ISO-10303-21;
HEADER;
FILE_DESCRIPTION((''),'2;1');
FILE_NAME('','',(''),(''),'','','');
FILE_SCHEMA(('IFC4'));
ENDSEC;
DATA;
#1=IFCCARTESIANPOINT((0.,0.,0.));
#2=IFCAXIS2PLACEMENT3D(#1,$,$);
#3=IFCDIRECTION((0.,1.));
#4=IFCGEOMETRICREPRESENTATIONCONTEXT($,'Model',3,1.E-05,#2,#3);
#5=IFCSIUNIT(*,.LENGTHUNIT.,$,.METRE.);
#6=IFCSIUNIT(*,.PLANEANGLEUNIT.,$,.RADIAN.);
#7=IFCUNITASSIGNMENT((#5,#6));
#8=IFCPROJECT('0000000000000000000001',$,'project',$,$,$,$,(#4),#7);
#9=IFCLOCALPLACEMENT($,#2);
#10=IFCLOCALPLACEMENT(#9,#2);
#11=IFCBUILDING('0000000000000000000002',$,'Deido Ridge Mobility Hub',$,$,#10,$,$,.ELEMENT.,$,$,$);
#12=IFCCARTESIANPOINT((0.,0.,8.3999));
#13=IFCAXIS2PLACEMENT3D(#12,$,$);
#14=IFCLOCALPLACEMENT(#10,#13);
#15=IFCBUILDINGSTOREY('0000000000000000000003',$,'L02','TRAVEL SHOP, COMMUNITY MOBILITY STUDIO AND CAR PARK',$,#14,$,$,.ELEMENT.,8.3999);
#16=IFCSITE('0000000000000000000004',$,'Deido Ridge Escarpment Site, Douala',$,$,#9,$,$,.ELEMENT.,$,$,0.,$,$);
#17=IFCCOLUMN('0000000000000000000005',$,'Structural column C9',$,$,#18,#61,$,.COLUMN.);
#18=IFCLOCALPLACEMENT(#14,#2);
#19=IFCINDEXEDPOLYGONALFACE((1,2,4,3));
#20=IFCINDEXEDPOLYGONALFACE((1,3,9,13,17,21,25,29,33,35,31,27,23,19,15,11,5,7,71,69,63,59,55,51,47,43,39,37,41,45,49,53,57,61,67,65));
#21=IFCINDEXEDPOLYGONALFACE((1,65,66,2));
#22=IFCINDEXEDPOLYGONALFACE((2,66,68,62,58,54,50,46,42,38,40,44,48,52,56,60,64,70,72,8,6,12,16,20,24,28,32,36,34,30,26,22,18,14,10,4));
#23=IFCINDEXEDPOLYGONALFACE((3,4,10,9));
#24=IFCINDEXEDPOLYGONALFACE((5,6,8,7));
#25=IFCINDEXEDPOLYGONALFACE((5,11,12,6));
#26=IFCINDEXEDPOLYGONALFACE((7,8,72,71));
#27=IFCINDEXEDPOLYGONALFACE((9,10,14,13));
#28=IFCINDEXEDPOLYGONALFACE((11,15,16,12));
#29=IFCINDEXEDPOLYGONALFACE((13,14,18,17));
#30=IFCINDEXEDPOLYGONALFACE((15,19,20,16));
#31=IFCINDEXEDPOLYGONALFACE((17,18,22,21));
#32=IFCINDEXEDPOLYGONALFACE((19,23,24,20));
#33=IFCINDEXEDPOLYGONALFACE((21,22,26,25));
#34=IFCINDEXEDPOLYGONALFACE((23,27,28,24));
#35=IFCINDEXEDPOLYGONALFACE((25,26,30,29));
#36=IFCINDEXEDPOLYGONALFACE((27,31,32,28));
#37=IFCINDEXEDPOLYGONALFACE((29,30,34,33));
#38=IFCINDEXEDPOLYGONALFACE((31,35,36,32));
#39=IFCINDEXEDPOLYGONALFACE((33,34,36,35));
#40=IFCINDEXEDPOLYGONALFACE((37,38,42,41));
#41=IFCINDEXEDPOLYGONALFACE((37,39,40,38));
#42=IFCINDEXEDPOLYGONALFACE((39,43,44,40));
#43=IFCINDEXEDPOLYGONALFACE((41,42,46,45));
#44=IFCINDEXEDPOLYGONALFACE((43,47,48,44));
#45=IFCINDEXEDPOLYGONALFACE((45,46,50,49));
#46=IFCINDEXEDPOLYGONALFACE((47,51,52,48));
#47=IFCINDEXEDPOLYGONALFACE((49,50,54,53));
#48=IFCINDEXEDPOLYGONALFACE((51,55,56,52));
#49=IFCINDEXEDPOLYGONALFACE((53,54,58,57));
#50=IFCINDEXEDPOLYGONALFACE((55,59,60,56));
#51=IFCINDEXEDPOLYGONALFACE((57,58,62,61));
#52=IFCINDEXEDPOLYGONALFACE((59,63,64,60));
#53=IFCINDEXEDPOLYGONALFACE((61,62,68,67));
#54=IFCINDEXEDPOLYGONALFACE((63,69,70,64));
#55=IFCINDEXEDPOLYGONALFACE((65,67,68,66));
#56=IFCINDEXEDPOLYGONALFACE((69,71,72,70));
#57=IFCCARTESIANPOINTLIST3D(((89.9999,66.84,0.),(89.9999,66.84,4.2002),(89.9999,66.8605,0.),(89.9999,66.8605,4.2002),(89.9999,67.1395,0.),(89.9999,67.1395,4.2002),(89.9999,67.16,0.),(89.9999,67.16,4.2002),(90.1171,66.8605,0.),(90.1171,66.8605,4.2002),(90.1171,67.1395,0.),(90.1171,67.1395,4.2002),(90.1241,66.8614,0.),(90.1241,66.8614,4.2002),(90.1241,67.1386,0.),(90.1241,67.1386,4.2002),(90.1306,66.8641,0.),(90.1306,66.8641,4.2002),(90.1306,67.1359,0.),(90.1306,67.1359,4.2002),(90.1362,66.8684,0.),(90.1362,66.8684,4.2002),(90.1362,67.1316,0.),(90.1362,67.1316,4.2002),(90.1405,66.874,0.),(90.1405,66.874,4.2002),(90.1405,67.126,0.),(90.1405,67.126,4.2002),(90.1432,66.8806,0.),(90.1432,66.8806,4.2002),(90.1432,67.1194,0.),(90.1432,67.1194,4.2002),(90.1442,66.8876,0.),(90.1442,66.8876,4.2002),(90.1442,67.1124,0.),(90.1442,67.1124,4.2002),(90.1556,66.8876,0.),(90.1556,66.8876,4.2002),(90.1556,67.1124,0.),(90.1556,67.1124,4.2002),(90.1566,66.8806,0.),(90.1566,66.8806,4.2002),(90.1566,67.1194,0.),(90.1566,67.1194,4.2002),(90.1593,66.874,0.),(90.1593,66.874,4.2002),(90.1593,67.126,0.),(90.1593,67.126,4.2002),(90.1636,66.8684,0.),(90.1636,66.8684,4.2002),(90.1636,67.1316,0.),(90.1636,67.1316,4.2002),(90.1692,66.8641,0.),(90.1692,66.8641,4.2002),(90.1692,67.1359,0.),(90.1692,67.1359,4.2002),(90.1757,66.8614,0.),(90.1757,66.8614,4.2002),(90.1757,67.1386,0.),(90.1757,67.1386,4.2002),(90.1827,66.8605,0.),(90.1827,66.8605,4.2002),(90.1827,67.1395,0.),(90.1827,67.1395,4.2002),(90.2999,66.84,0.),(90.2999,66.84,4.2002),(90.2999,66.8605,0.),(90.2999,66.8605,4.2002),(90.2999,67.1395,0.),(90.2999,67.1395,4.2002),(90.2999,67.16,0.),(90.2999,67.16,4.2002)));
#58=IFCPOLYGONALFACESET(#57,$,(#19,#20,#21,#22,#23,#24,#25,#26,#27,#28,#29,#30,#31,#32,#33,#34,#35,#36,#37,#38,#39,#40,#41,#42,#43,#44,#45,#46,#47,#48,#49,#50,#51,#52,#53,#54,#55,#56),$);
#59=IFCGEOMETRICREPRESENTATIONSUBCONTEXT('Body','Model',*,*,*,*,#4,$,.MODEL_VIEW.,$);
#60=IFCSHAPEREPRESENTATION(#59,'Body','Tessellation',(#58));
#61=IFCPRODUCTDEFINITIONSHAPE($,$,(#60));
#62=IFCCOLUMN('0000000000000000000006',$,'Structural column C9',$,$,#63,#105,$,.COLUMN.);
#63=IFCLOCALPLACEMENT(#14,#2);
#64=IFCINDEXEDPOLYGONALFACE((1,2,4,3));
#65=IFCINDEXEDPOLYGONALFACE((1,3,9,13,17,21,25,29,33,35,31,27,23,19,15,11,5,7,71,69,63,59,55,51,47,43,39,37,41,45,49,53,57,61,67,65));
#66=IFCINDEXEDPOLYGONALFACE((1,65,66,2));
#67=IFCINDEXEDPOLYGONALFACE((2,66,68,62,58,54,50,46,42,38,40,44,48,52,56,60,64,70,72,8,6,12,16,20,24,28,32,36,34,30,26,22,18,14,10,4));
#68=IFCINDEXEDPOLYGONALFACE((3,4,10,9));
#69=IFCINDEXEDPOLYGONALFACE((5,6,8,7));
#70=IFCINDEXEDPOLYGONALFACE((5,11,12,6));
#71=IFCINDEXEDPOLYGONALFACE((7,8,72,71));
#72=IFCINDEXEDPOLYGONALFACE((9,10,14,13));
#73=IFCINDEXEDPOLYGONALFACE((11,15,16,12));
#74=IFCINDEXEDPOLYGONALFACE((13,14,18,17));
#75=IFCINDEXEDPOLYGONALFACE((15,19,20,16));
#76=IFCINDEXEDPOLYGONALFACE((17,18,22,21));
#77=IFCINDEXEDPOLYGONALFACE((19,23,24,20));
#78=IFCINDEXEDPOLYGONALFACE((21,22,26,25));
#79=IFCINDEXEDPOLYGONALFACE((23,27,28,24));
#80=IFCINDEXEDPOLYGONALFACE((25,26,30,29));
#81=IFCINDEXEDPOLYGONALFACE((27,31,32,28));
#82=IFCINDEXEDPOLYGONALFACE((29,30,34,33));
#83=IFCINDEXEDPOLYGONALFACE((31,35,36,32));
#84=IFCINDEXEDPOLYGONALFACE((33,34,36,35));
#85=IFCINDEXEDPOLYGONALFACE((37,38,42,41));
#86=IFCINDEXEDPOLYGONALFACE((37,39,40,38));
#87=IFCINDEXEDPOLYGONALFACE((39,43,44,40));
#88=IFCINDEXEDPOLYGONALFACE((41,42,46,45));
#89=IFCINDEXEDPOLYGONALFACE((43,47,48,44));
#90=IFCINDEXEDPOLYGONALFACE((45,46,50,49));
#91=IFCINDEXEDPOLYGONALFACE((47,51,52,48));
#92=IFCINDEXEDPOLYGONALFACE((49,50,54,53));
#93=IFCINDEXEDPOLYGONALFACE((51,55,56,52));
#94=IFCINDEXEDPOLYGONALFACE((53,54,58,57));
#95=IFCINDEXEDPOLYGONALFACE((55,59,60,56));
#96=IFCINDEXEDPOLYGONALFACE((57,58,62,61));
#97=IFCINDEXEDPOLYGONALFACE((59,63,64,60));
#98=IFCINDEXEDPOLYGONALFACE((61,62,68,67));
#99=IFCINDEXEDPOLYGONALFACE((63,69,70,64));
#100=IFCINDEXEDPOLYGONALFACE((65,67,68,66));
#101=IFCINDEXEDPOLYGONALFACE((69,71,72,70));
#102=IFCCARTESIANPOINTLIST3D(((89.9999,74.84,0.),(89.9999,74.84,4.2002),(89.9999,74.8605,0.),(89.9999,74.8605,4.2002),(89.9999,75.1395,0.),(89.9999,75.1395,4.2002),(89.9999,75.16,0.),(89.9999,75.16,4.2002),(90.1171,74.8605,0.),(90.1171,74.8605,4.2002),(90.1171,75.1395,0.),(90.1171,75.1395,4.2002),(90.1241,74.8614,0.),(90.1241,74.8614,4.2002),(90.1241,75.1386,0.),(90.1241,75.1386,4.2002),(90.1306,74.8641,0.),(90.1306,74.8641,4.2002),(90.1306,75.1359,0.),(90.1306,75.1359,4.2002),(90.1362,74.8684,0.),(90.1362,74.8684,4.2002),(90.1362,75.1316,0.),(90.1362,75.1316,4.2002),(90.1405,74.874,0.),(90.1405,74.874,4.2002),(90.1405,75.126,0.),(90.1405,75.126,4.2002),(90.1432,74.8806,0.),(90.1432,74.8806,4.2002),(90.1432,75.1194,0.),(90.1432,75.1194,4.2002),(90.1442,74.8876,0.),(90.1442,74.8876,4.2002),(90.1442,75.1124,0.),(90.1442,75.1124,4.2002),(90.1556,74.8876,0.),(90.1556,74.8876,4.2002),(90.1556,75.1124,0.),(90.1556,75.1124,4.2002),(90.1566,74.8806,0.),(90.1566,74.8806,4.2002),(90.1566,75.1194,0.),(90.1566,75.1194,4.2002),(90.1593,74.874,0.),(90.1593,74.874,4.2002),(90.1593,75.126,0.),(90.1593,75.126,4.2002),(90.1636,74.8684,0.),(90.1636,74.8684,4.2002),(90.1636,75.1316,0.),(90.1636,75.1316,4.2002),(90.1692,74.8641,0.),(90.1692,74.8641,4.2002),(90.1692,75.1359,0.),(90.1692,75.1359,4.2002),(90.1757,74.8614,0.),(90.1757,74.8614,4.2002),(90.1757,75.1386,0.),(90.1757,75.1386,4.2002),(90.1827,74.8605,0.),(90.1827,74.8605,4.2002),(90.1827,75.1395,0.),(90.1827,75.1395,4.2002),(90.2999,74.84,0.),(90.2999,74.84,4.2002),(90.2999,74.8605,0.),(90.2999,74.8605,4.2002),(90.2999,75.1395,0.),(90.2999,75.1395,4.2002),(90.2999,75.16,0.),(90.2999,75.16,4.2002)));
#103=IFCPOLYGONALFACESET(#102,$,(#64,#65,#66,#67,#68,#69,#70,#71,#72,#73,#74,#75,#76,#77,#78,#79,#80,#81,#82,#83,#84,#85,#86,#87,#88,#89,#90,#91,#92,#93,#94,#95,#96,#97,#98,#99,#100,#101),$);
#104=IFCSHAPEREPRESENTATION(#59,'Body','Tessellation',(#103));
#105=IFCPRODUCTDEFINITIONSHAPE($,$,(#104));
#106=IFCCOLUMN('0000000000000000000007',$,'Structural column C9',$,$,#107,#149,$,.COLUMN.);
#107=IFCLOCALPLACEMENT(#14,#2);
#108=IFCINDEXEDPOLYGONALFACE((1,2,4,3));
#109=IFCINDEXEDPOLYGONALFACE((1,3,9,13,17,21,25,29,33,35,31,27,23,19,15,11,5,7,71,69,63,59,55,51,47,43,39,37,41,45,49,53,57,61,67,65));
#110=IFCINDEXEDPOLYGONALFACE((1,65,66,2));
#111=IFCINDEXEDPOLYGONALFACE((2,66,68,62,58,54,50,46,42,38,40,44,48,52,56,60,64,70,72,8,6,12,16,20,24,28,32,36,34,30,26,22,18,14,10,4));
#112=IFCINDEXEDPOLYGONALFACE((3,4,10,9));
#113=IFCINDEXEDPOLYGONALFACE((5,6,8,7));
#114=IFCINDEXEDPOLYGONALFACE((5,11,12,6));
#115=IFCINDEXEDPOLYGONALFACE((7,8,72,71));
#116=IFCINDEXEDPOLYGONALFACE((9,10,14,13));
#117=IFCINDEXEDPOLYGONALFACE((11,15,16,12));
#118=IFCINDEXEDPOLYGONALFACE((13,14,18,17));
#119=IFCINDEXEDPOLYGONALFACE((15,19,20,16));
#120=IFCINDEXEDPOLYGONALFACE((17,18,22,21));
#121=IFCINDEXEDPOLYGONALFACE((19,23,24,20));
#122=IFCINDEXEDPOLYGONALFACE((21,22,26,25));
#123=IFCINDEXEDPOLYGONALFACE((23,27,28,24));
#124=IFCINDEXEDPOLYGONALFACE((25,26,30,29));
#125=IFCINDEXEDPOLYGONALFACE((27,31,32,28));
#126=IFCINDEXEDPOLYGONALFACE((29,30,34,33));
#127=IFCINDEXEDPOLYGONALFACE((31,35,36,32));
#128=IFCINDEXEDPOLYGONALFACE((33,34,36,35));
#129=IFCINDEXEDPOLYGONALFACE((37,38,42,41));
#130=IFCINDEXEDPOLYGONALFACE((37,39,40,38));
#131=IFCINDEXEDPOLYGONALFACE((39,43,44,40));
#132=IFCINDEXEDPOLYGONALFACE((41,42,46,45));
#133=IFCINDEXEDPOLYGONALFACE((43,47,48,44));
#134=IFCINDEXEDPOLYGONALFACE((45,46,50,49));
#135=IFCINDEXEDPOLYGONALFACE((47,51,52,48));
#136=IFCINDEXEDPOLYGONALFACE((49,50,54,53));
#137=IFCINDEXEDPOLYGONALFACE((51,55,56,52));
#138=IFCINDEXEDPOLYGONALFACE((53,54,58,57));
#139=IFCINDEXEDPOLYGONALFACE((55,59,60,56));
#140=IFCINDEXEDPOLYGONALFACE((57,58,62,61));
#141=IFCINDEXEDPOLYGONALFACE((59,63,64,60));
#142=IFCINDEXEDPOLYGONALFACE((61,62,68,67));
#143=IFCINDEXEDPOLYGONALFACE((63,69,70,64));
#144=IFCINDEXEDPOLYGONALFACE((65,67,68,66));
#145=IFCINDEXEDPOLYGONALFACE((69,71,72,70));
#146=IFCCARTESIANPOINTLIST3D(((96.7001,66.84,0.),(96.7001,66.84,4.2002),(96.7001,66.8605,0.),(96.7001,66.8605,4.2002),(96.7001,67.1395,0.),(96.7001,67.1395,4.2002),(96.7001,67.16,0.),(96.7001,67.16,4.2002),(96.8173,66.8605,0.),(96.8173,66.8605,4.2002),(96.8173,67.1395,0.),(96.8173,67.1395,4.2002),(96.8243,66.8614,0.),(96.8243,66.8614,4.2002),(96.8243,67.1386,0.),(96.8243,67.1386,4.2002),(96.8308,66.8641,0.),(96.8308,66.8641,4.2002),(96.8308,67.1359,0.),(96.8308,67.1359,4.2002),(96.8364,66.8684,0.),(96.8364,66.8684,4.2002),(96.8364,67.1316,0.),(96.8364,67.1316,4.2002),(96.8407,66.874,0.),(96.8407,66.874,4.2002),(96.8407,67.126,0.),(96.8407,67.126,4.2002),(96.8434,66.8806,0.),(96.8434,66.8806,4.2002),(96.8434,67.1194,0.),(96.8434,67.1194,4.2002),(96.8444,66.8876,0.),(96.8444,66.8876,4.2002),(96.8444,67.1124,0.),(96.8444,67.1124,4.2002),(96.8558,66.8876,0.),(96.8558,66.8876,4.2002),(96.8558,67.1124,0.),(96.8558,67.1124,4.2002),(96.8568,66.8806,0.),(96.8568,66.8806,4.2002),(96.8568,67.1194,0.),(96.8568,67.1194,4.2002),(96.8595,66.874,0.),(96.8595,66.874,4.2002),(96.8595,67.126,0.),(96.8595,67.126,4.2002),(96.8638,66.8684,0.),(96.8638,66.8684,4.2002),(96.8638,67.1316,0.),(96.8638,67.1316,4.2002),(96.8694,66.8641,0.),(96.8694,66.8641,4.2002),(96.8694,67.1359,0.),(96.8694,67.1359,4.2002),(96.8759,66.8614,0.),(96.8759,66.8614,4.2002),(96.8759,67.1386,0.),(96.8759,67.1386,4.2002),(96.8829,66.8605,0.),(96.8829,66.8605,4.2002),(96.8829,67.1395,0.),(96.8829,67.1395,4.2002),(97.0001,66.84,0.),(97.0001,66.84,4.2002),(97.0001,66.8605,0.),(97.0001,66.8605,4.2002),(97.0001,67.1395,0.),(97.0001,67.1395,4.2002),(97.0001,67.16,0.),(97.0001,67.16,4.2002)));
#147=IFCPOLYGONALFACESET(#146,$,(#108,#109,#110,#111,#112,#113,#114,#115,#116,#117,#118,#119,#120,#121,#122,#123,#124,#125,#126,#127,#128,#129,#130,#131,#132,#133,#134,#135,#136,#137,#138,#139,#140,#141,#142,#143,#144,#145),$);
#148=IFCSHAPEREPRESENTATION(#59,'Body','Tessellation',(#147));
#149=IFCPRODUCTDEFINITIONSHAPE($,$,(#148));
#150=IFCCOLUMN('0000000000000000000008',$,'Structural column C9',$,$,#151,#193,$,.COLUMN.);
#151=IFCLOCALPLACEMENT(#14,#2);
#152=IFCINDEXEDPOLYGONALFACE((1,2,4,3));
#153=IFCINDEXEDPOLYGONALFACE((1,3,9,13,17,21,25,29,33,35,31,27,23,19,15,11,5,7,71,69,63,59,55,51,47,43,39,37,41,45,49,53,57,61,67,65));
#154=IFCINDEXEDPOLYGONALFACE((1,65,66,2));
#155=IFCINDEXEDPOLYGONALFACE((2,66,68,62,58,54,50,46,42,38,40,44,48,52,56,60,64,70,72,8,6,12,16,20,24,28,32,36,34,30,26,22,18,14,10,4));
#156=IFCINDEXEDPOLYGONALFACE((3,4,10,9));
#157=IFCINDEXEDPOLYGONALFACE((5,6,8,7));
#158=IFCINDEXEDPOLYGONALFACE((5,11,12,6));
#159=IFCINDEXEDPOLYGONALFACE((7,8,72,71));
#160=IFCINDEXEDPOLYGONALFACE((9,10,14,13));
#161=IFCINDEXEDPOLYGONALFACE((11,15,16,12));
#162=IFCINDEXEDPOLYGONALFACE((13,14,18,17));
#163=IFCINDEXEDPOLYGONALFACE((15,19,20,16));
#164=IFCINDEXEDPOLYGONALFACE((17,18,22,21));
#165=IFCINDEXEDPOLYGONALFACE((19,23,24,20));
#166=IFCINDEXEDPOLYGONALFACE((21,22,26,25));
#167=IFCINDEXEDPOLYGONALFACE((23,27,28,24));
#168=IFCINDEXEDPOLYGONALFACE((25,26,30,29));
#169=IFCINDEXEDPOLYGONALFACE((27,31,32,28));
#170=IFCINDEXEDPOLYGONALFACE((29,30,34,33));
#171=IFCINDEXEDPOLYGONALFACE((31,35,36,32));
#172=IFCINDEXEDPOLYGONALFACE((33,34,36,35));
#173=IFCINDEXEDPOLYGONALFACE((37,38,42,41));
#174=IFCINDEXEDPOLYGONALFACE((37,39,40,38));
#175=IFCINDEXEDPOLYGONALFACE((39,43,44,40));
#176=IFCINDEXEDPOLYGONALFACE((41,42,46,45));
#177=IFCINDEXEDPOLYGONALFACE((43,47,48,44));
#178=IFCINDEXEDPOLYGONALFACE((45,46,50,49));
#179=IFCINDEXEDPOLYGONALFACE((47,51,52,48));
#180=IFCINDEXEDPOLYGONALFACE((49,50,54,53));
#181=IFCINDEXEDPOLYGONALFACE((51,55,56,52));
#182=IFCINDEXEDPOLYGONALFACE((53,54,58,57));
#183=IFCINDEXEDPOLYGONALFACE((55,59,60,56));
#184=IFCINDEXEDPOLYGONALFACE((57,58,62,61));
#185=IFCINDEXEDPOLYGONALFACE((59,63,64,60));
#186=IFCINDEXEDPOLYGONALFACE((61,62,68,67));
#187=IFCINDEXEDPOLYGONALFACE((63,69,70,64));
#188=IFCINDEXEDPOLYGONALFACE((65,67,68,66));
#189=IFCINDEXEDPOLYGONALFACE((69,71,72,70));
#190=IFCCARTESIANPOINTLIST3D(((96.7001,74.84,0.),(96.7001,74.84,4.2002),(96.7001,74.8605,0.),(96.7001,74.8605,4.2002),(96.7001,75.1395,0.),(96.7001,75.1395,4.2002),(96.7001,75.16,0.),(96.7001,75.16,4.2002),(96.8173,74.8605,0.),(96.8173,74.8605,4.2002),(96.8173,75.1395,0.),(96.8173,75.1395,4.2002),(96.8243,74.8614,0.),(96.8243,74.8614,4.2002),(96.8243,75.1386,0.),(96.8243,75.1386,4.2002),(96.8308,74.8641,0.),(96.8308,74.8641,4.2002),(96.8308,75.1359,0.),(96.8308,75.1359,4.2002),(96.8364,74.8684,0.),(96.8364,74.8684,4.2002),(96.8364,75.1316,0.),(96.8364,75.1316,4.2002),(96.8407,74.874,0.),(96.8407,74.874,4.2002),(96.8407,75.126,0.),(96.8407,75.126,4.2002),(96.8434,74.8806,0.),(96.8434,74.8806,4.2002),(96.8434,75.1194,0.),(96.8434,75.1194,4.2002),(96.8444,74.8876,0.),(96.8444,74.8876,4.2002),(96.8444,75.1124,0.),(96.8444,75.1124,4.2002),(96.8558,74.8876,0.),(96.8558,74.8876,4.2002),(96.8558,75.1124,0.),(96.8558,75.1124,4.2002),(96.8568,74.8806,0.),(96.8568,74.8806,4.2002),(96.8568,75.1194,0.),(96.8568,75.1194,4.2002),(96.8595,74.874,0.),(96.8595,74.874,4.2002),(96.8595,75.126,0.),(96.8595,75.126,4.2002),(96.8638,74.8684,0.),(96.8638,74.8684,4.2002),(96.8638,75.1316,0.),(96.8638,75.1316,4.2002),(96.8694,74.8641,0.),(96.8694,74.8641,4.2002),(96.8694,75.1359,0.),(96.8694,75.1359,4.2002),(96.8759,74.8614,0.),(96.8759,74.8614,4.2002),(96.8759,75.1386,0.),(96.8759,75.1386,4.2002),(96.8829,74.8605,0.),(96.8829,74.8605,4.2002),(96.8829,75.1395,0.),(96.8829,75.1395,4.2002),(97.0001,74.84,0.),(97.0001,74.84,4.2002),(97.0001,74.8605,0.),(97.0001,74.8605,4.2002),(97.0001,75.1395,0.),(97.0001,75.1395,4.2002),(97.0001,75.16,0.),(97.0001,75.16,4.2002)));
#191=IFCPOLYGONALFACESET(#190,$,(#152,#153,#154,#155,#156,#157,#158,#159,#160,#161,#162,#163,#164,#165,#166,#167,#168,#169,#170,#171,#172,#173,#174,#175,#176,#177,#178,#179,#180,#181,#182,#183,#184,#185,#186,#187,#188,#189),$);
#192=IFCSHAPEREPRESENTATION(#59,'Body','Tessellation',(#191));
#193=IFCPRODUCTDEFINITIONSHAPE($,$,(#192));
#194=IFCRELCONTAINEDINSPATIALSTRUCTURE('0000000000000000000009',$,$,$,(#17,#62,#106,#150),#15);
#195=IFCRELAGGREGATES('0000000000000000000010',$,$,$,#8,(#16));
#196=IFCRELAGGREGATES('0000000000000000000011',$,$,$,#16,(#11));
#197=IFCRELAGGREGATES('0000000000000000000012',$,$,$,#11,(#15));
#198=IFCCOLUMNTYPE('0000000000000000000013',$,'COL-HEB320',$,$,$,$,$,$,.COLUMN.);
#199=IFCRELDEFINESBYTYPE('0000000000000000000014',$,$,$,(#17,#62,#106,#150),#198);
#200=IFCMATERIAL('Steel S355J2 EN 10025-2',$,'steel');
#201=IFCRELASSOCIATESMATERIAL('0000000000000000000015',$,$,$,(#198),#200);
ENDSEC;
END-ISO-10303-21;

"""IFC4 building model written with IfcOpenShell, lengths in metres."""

from ifc_helpers import new_model, si_unit, direction, frame, origin, origin_2d, place, context, subcontext, project, spatial, i_section, extrude, material, material_profile, profile_set, type_object, element, save


model = new_model("IFC4")

# Units and contexts
model_context = context("Model", 3, precision=1e-05, world=origin(), true_north=direction((0.0, 1.0)))
body_context = subcontext(model_context, "Body", "Model", "MODEL_VIEW")
ifc_project = project(units=[si_unit("LENGTHUNIT", "METRE"), si_unit("PLANEANGLEUNIT", "RADIAN")], contexts=[model_context])

# Site, building, storey
site_placement = place(None, origin())
site = spatial("IfcSite", under=ifc_project, at=site_placement, Name="Deido Ridge Escarpment Site, Douala", CompositionType="ELEMENT", RefElevation=0.0)
building_placement = place(site_placement, origin())
building = spatial("IfcBuilding", under=site, at=building_placement, Name="Deido Ridge Mobility Hub", CompositionType="ELEMENT")
storey_placement = place(building_placement, frame((0.0, 0.0, 8.3999)))
storey = spatial("IfcBuildingStorey", under=building, at=storey_placement, Name="L02", Description="TRAVEL SHOP, COMMUNITY MOBILITY STUDIO AND CAR PARK", CompositionType="ELEMENT", Elevation=8.3999)

# Columns
ifc_material_1 = material(Name="Steel S355J2 EN 10025-2", Category="steel")
ifc_material_profile_1 = material_profile(ifc_material_1, i_section(OverallWidth=0.3, OverallDepth=0.3201, WebThickness=0.0115, FlangeThickness=0.0205, FilletRadius=0.0271, at=origin_2d()), Name="HEB 320")
ifc_profile_set_1 = profile_set([ifc_material_profile_1], Name="Steel S355J2 EN 10025-2")
column_type_1 = type_object("IfcColumnType", Name="COL-HEB320", PredefinedType="COLUMN", material=ifc_profile_set_1)
for number, where, z_axis, x_axis, name in (
    (1, (90.1499, 67.0, 0.0), (0.0, 0.0, 1.0), (1.0, 0.0, 0.0), "Structural column C9"),
    (2, (90.1499, 75.0, 0.0), (0.0, 0.0, 1.0), (1.0, 0.0, 0.0), "Structural column C9"),
    (3, (96.8501, 67.0, 0.0), (0.0, 0.0, 1.0), (1.0, 0.0, 0.0), "Structural column C9"),
    (4, (96.8501, 75.0, 0.0), (0.0, 0.0, 1.0), (1.0, 0.0, 0.0), "Structural column C9"),
):
    element("IfcColumn", number, at=place(storey_placement, frame(where, z_axis=z_axis, x_axis=x_axis)), inside=storey, type_object=column_type_1, Name=name, PredefinedType="COLUMN", context=body_context, shape_type="SweptSolid", body=[
        extrude(i_section(OverallWidth=0.3, OverallDepth=0.3201, WebThickness=0.0115, FlangeThickness=0.0205, FilletRadius=0.0271, at=origin_2d()), origin(), (0.0, 0.0, 1.0), 4.2002),
    ])

save(model, "model.ifc")
